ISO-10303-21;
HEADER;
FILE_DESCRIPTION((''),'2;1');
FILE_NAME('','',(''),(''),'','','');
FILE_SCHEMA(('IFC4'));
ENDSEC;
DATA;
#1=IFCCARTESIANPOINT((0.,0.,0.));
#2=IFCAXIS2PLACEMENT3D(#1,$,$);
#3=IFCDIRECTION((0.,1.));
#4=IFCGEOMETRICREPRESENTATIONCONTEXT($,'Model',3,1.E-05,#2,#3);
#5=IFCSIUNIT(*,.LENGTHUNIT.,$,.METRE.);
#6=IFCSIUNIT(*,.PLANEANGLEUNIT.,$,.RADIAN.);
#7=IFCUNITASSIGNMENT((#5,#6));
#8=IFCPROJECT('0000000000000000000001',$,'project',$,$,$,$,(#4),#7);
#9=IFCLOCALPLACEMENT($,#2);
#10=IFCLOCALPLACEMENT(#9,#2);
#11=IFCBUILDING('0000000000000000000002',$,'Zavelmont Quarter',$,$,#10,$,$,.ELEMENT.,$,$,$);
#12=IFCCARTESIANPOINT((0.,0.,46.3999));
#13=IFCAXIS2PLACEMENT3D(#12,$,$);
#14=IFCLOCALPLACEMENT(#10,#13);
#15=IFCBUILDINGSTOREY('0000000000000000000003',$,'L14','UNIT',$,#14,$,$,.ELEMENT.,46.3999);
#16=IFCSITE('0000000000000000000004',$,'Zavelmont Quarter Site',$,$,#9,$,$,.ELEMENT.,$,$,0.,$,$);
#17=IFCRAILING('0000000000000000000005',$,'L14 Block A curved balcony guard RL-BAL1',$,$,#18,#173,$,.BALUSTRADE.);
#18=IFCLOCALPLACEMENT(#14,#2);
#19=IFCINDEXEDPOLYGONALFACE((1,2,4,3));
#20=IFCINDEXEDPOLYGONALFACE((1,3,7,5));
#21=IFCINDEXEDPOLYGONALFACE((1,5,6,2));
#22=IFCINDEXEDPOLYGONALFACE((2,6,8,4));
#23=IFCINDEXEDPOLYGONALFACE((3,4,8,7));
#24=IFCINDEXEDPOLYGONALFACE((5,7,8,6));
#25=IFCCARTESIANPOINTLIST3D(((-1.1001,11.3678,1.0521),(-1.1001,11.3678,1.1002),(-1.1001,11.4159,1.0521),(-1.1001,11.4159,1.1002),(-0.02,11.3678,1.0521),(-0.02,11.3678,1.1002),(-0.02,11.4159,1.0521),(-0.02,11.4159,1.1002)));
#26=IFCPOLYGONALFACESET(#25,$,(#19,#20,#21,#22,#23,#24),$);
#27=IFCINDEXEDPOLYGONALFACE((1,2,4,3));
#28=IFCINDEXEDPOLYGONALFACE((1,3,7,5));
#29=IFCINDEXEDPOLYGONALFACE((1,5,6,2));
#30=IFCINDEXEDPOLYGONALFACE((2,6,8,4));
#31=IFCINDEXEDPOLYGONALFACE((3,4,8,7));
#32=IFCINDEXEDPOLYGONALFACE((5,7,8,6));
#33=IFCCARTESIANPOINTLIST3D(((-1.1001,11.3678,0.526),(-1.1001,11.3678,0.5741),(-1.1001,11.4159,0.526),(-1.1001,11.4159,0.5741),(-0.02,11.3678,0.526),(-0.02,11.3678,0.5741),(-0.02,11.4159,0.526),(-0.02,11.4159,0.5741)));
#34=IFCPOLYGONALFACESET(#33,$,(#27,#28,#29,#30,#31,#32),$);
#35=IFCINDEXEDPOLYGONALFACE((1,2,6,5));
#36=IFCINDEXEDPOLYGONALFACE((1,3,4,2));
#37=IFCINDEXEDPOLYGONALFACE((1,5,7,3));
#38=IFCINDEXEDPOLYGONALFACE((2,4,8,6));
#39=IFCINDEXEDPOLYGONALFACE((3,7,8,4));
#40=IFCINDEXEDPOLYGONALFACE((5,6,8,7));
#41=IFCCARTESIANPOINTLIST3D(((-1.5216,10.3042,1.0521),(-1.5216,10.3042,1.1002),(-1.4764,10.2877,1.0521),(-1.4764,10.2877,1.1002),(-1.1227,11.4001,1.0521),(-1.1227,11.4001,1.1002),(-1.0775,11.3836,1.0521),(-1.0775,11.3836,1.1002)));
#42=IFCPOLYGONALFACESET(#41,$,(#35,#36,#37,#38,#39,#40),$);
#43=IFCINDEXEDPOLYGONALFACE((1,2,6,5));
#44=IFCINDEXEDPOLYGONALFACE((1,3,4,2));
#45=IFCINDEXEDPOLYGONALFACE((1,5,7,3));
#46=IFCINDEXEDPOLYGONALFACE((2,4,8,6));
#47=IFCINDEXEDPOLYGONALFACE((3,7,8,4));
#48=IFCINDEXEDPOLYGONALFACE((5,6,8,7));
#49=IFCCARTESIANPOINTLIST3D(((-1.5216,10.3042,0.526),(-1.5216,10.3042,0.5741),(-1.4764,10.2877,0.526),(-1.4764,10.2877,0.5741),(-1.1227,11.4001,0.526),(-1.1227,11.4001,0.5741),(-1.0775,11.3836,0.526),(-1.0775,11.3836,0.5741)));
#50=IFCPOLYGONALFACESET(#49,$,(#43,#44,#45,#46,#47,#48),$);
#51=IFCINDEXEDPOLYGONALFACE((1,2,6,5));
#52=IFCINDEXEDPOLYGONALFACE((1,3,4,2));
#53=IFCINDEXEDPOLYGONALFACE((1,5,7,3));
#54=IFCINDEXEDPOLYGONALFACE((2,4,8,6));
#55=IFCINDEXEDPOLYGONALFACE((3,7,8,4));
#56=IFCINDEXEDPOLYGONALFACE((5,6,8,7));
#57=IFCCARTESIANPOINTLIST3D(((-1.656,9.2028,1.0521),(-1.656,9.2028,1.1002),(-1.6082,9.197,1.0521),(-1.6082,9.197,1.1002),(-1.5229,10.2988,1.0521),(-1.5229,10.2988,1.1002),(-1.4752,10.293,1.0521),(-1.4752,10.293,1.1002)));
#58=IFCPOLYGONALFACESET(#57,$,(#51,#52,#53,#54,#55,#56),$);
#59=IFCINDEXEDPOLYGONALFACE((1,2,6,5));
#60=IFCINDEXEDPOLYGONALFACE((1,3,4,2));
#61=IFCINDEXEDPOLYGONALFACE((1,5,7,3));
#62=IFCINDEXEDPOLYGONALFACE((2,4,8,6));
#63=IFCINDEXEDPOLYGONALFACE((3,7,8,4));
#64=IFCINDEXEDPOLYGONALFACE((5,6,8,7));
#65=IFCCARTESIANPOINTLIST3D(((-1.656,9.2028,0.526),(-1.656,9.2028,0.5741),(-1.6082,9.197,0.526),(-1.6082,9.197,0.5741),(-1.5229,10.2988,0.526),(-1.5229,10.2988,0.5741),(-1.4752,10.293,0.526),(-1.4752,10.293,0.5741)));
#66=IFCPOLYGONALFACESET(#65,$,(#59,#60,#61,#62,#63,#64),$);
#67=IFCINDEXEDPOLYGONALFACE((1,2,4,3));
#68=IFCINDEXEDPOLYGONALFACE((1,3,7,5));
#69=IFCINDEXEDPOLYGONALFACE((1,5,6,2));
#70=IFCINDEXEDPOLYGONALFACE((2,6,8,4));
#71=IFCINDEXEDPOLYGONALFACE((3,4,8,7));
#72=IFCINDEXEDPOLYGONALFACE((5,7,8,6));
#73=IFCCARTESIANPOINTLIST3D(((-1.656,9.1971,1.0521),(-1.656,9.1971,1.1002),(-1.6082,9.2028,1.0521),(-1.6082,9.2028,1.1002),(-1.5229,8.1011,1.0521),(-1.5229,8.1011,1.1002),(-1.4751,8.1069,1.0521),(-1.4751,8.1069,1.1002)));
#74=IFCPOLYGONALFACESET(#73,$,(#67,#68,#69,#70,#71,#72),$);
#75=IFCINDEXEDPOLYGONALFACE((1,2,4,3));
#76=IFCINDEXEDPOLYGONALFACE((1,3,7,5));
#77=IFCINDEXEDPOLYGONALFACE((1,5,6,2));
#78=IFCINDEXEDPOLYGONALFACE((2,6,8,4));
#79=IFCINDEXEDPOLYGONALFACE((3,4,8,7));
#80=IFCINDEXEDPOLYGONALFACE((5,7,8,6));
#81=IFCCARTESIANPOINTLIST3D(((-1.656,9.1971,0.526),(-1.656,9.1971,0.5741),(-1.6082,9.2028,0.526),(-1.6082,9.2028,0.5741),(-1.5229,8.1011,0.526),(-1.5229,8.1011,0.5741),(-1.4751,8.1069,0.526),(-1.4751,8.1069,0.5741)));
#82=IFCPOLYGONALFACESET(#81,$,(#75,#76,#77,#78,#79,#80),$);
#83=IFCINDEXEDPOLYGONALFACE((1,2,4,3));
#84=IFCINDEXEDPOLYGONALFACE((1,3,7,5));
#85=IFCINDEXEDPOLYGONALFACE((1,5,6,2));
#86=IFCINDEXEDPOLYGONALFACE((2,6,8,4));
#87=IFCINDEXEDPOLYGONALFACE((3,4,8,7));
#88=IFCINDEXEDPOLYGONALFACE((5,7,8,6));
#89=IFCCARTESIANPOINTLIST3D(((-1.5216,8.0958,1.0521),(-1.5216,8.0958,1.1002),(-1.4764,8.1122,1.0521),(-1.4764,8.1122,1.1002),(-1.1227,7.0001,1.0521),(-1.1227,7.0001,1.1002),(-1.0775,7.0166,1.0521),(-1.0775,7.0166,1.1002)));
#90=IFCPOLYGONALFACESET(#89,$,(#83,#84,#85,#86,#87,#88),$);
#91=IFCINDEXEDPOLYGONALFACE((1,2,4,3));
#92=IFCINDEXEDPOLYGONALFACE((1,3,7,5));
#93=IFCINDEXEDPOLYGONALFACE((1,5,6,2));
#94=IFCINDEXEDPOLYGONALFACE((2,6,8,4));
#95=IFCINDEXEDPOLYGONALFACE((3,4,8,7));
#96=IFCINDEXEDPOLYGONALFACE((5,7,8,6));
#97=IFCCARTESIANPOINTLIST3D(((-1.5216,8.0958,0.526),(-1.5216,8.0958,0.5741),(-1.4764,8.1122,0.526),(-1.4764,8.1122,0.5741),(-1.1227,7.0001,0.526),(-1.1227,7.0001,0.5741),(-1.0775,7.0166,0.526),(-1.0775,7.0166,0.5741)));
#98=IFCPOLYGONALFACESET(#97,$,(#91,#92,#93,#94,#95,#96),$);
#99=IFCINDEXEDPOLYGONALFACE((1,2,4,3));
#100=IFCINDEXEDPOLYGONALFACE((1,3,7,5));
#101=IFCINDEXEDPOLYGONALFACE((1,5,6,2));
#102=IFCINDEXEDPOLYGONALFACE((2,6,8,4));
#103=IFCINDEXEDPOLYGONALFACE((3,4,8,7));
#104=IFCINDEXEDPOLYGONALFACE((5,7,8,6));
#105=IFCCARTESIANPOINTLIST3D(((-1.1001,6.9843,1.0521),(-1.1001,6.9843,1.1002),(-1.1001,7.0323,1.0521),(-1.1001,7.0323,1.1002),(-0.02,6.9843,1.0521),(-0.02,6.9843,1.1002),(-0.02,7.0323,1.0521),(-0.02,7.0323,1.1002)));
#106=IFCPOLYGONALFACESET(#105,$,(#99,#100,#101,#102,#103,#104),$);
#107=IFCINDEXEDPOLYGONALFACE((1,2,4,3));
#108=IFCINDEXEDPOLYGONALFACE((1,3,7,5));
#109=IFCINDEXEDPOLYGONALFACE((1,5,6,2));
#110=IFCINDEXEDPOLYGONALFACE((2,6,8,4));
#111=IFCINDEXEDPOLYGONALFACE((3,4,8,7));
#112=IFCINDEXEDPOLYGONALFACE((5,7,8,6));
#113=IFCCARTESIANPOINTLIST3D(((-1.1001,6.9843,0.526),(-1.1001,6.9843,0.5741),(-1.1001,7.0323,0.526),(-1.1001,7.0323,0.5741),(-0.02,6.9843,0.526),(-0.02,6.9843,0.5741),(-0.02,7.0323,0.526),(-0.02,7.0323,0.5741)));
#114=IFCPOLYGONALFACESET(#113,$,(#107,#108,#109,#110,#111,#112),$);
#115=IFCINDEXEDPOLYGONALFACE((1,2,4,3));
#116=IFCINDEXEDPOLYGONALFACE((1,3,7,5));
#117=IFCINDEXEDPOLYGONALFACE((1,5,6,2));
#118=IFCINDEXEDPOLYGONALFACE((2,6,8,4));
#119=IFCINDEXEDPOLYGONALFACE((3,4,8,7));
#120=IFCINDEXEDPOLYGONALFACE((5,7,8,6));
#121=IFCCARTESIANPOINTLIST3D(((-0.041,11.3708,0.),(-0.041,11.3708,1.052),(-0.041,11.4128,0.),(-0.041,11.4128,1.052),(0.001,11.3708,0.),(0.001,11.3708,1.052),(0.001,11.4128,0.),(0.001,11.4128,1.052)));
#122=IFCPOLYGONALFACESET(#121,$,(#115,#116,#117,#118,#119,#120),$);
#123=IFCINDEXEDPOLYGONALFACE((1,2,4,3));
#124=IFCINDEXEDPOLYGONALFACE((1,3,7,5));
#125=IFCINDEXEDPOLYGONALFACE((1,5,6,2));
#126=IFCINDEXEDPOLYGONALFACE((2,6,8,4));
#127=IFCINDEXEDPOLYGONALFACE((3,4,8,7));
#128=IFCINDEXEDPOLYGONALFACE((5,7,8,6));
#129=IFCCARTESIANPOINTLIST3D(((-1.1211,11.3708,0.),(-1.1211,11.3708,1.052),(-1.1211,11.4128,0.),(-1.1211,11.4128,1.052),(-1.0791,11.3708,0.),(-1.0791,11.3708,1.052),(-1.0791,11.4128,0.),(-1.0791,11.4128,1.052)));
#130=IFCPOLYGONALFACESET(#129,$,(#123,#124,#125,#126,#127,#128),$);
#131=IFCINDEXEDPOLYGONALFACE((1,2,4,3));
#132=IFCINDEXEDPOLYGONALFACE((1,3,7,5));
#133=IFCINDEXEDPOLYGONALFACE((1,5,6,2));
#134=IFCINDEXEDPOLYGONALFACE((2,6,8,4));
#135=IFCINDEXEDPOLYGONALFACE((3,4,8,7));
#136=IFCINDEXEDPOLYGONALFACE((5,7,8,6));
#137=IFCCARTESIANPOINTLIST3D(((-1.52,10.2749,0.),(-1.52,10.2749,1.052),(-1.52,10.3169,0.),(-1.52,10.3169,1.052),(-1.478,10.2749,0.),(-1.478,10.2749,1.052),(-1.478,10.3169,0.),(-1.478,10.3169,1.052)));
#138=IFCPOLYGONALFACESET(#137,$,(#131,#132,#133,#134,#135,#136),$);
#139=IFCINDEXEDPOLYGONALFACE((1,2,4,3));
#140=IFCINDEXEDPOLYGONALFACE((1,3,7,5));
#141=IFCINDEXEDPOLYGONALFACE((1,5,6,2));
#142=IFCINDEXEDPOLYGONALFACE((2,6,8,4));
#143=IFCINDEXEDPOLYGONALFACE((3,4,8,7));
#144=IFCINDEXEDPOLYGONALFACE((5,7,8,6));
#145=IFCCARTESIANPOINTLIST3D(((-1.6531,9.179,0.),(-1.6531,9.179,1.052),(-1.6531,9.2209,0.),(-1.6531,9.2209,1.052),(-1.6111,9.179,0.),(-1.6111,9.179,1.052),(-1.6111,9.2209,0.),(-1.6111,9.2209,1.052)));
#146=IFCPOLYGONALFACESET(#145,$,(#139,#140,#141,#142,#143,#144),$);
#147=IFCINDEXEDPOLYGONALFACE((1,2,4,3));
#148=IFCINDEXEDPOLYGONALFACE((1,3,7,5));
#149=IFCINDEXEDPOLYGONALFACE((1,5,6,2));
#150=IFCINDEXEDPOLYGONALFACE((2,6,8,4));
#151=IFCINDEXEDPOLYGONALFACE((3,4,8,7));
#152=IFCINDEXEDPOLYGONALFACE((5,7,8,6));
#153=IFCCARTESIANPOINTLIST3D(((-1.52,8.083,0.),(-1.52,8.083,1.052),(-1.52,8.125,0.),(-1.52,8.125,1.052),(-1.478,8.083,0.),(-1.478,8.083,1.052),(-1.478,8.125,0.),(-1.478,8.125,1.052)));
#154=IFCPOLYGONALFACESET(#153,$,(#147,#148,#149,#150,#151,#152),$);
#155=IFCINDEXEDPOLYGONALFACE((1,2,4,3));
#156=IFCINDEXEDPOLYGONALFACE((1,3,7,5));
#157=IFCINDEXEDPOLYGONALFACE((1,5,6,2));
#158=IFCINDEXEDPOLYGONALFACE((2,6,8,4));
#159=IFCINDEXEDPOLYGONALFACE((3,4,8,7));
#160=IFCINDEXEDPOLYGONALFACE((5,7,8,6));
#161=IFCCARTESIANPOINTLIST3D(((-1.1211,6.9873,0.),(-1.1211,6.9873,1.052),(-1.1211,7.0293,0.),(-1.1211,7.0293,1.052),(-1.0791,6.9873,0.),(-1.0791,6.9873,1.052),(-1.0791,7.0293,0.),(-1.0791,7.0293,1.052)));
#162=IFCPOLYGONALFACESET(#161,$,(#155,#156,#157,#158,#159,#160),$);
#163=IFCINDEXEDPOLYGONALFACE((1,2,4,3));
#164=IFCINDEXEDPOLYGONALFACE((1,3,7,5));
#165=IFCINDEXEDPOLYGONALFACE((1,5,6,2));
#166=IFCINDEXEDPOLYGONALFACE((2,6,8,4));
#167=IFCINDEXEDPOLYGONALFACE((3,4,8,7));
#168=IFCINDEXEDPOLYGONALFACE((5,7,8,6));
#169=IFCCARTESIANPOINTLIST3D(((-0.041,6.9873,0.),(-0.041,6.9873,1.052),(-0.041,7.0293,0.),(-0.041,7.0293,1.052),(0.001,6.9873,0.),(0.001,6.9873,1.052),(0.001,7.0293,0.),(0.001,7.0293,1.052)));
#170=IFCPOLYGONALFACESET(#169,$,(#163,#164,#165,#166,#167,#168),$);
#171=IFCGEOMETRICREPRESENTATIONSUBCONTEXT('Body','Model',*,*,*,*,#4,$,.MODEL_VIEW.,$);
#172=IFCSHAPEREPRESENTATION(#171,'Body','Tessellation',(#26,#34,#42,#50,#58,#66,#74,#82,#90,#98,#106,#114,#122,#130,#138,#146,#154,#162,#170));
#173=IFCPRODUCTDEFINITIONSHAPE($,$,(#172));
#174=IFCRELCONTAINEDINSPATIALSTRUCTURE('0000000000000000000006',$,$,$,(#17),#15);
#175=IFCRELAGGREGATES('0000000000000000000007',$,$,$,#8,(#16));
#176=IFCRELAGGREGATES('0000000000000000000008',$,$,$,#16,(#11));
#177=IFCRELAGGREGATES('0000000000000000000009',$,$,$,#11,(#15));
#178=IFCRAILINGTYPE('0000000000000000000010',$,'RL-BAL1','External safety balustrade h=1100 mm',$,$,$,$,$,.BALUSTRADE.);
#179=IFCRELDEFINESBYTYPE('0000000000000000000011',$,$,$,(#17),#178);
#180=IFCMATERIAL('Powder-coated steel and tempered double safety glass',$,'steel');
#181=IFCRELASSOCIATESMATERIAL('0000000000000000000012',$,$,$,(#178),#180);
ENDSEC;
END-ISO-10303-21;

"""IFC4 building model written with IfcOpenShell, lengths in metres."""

from ifc_helpers import new_model, si_unit, direction, frame, origin, origin_2d, place, context, subcontext, project, spatial, rectangle, extrude, material, type_object, element, save


model = new_model("IFC4")

# Units and contexts
model_context = context("Model", 3, precision=1e-05, world=origin(), true_north=direction((0.0, 1.0)))
body_context = subcontext(model_context, "Body", "Model", "MODEL_VIEW")
ifc_project = project(units=[si_unit("LENGTHUNIT", "METRE"), si_unit("PLANEANGLEUNIT", "RADIAN")], contexts=[model_context])

# Site, building, storey
site_placement = place(None, origin())
site = spatial("IfcSite", under=ifc_project, at=site_placement, Name="Zavelmont Quarter Site", CompositionType="ELEMENT", RefElevation=0.0)
building_placement = place(site_placement, origin())
building = spatial("IfcBuilding", under=site, at=building_placement, Name="Zavelmont Quarter", CompositionType="ELEMENT")
storey_placement = place(building_placement, frame((0.0, 0.0, 46.3999)))
storey = spatial("IfcBuildingStorey", under=building, at=storey_placement, Name="L14", Description="UNIT", CompositionType="ELEMENT", Elevation=46.3999)

# Railing
ifc_material_1 = material(Name="Powder-coated steel and tempered double safety glass", Category="steel")
railing_type = type_object("IfcRailingType", Name="RL-BAL1", Description="External safety balustrade h=1100 mm", PredefinedType="BALUSTRADE", material=ifc_material_1)
railing_placement = place(storey_placement, frame((-0.02, 11.3918, 0.0)))
element("IfcRailing", 1, at=railing_placement, inside=storey, type_object=railing_type, Name="L14 Block A curved balcony guard RL-BAL1", PredefinedType="BALUSTRADE", context=body_context, shape_type="SweptSolid", body=[
    extrude(rectangle(XDim=0.0481, YDim=0.0481, at=origin_2d()), frame((0.0, 0.0, 1.0762), z_axis=(-1.0, 0.0, 0.0), x_axis=(0.0, -1.0, 0.0)), (0.0, 0.0, 1.0), 1.0801),
    extrude(rectangle(XDim=0.0481, YDim=0.0481, at=origin_2d()), frame((0.0, 0.0, 0.55), z_axis=(-1.0, 0.0, 0.0), x_axis=(0.0, -1.0, 0.0)), (0.0, 0.0, 1.0), 1.0801),
    extrude(rectangle(XDim=0.0481, YDim=0.0481, at=origin_2d()), frame((-1.0801, 0.0, 1.0762), z_axis=(-0.342046, -0.939683, 0.0), x_axis=(0.939683, -0.342046, 0.0)), (0.0, 0.0, 1.0), 1.1663),
    extrude(rectangle(XDim=0.0481, YDim=0.0481, at=origin_2d()), frame((-1.0801, 0.0, 0.55), z_axis=(-0.342046, -0.939683, 0.0), x_axis=(0.939683, -0.342046, 0.0)), (0.0, 0.0, 1.0), 1.1663),
    extrude(rectangle(XDim=0.0481, YDim=0.0481, at=origin_2d()), frame((-1.479, -1.0959, 1.0762), z_axis=(-0.120523, -0.992711, 0.0), x_axis=(0.992711, -0.120523, 0.0)), (0.0, 0.0, 1.0), 1.104),
    extrude(rectangle(XDim=0.0481, YDim=0.0481, at=origin_2d()), frame((-1.479, -1.0959, 0.55), z_axis=(-0.120523, -0.992711, 0.0), x_axis=(0.992711, -0.120523, 0.0)), (0.0, 0.0, 1.0), 1.104),
    extrude(rectangle(XDim=0.0481, YDim=0.0481, at=origin_2d()), frame((-1.6121, -2.1919, 1.0762), z_axis=(0.120523, -0.992711, 0.0), x_axis=(0.992711, 0.120523, 0.0)), (0.0, 0.0, 1.0), 1.104),
    extrude(rectangle(XDim=0.0481, YDim=0.0481, at=origin_2d()), frame((-1.6121, -2.1919, 0.55), z_axis=(0.120523, -0.992711, 0.0), x_axis=(0.992711, 0.120523, 0.0)), (0.0, 0.0, 1.0), 1.104),
    extrude(rectangle(XDim=0.0481, YDim=0.0481, at=origin_2d()), frame((-1.479, -3.2878, 1.0762), z_axis=(0.342113, -0.939659, 0.0), x_axis=(0.939659, 0.342113, 0.0)), (0.0, 0.0, 1.0), 1.166),
    extrude(rectangle(XDim=0.0481, YDim=0.0481, at=origin_2d()), frame((-1.479, -3.2878, 0.55), z_axis=(0.342113, -0.939659, 0.0), x_axis=(0.939659, 0.342113, 0.0)), (0.0, 0.0, 1.0), 1.166),
    extrude(rectangle(XDim=0.0481, YDim=0.0481, at=origin_2d()), frame((-1.0801, -4.3835, 1.0762), z_axis=(1.0, 0.0, 0.0), x_axis=(0.0, 1.0, 0.0)), (0.0, 0.0, 1.0), 1.0801),
    extrude(rectangle(XDim=0.0481, YDim=0.0481, at=origin_2d()), frame((-1.0801, -4.3835, 0.55), z_axis=(1.0, 0.0, 0.0), x_axis=(0.0, 1.0, 0.0)), (0.0, 0.0, 1.0), 1.0801),
    extrude(rectangle(XDim=0.042, YDim=0.042, at=origin_2d()), origin(), (0.0, 0.0, 1.0), 1.052),
    extrude(rectangle(XDim=0.042, YDim=0.042, at=origin_2d()), frame((-1.0801, 0.0, 0.0)), (0.0, 0.0, 1.0), 1.052),
    extrude(rectangle(XDim=0.042, YDim=0.042, at=origin_2d()), frame((-1.479, -1.0959, 0.0)), (0.0, 0.0, 1.0), 1.052),
    extrude(rectangle(XDim=0.042, YDim=0.042, at=origin_2d()), frame((-1.6121, -2.1919, 0.0)), (0.0, 0.0, 1.0), 1.052),
    extrude(rectangle(XDim=0.042, YDim=0.042, at=origin_2d()), frame((-1.479, -3.2878, 0.0)), (0.0, 0.0, 1.0), 1.052),
    extrude(rectangle(XDim=0.042, YDim=0.042, at=origin_2d()), frame((-1.0801, -4.3835, 0.0)), (0.0, 0.0, 1.0), 1.052),
    extrude(rectangle(XDim=0.042, YDim=0.042, at=origin_2d()), frame((0.0, -4.3835, 0.0)), (0.0, 0.0, 1.0), 1.052),
])

save(model, "model.ifc")
